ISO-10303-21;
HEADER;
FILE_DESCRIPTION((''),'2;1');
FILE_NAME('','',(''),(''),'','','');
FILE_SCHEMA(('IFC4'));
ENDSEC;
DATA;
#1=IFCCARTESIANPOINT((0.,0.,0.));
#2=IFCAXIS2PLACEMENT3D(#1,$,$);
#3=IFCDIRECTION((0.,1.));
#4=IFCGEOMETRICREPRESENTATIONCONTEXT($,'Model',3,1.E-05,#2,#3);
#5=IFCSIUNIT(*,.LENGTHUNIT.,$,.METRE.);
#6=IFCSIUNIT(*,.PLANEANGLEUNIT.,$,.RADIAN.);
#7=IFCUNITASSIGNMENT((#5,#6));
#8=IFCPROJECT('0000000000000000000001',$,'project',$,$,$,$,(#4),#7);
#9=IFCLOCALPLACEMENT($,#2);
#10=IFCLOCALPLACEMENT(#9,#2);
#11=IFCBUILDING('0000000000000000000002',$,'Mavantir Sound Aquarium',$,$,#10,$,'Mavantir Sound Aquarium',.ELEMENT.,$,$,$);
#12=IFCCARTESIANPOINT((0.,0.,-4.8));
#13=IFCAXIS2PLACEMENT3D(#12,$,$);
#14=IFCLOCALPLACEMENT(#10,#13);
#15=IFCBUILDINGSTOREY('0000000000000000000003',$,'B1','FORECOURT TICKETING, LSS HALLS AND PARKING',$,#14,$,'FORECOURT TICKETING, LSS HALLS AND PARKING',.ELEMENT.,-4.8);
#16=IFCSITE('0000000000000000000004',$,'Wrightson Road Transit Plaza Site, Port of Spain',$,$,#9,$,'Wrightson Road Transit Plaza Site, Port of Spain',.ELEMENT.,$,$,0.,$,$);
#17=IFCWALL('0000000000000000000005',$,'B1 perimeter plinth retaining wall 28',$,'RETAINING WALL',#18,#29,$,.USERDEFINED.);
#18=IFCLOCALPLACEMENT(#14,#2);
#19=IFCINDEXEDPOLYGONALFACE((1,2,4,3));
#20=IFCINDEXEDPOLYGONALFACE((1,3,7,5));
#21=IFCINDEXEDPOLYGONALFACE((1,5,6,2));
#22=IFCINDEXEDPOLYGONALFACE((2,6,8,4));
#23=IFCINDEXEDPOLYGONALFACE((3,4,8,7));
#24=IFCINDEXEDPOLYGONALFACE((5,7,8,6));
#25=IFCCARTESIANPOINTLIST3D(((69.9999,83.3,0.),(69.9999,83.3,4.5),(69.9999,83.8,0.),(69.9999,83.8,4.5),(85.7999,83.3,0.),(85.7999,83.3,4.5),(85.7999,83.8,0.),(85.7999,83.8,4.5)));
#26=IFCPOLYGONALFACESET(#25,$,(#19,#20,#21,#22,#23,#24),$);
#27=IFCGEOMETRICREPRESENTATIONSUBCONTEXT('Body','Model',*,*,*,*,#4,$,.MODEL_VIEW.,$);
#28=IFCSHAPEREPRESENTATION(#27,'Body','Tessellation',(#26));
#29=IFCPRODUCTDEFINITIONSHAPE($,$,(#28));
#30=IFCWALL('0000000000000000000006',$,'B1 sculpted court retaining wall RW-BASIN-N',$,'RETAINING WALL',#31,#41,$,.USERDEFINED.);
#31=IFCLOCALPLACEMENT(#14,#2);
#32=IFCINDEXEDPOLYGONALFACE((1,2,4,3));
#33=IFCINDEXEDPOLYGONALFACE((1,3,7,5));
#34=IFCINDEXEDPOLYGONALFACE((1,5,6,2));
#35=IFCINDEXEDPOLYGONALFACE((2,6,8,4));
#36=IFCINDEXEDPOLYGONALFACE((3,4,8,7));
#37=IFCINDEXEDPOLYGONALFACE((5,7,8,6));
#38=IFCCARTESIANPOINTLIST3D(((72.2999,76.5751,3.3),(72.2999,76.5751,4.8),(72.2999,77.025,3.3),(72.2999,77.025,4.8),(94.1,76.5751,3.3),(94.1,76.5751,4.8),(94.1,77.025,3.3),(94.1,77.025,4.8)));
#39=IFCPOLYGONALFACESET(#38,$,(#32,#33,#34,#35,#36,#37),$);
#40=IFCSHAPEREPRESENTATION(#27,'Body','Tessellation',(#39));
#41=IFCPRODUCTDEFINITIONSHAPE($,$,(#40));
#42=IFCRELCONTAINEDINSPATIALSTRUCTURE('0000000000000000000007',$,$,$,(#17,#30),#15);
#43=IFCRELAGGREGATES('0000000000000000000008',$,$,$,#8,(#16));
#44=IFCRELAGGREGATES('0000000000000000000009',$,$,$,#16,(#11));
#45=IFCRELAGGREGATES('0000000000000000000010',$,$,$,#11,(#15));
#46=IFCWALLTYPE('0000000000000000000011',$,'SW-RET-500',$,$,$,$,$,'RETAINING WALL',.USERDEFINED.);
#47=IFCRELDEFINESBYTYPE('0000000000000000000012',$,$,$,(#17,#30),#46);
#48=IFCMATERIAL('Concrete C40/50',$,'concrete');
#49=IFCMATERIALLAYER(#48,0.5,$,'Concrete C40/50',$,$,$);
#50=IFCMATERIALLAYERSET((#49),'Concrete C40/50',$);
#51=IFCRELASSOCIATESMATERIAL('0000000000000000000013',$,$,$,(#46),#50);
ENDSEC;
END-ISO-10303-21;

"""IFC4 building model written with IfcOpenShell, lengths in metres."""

from ifc_helpers import new_model, si_unit, direction, frame, frame_2d, origin, place, context, subcontext, project, spatial, rectangle, extrude, material, layer, layer_set, type_object, element, save


model = new_model("IFC4")

# Units and contexts
model_context = context("Model", 3, precision=1e-05, world=origin(), true_north=direction((0.0, 1.0)))
body_context = subcontext(model_context, "Body", "Model", "MODEL_VIEW")
ifc_project = project(units=[si_unit("LENGTHUNIT", "METRE"), si_unit("PLANEANGLEUNIT", "RADIAN")], contexts=[model_context])

# Site, building, storey
site_placement = place(None, origin())
site = spatial("IfcSite", under=ifc_project, at=site_placement, Name="Wrightson Road Transit Plaza Site, Port of Spain", LongName="Wrightson Road Transit Plaza Site, Port of Spain", CompositionType="ELEMENT", RefElevation=0.0)
building_placement = place(site_placement, origin())
building = spatial("IfcBuilding", under=site, at=building_placement, Name="Mavantir Sound Aquarium", LongName="Mavantir Sound Aquarium", CompositionType="ELEMENT")
storey_placement = place(building_placement, frame((0.0, 0.0, -4.8)))
storey = spatial("IfcBuildingStorey", under=building, at=storey_placement, Name="B1", Description="FORECOURT TICKETING, LSS HALLS AND PARKING", LongName="FORECOURT TICKETING, LSS HALLS AND PARKING", CompositionType="ELEMENT", Elevation=-4.8)

# Shared definitions
ifc_material_1 = material(Name="Concrete C40/50", Category="concrete")

# Walls
ifc_layer = layer(ifc_material_1, 0.5, Name="Concrete C40/50")
ifc_layer_set = layer_set([ifc_layer], Name="Concrete C40/50")
wall_type = type_object("IfcWallType", Name="SW-RET-500", ElementType="RETAINING WALL", PredefinedType="USERDEFINED", material=ifc_layer_set)
wall_1_placement = place(storey_placement, frame((70.0, 83.55, 0.0), z_axis=(0.0, 0.0, 1.0), x_axis=(1.0, 0.0, 0.0)))
element("IfcWall", 1, at=wall_1_placement, inside=storey, type_object=wall_type, Name="B1 perimeter plinth retaining wall 28", ObjectType="RETAINING WALL", PredefinedType="USERDEFINED", context=body_context, shape_type="SweptSolid", body=[
    extrude(rectangle(XDim=15.8, YDim=0.5, at=frame_2d((7.8999, 0.0))), origin(), (0.0, 0.0, 1.0), 4.5),
])
wall_2_placement = place(storey_placement, frame((72.3, 76.8, 3.3), z_axis=(0.0, 0.0, 1.0), x_axis=(1.0, 0.0, 0.0)))
element("IfcWall", 2, at=wall_2_placement, inside=storey, type_object=wall_type, Name="B1 sculpted court retaining wall RW-BASIN-N", ObjectType="RETAINING WALL", PredefinedType="USERDEFINED", context=body_context, shape_type="SweptSolid", body=[
    extrude(rectangle(XDim=21.8, YDim=0.45, at=frame_2d((10.8999, 0.0))), origin(), (0.0, 0.0, 1.0), 1.5),
])

save(model, "model.ifc")
